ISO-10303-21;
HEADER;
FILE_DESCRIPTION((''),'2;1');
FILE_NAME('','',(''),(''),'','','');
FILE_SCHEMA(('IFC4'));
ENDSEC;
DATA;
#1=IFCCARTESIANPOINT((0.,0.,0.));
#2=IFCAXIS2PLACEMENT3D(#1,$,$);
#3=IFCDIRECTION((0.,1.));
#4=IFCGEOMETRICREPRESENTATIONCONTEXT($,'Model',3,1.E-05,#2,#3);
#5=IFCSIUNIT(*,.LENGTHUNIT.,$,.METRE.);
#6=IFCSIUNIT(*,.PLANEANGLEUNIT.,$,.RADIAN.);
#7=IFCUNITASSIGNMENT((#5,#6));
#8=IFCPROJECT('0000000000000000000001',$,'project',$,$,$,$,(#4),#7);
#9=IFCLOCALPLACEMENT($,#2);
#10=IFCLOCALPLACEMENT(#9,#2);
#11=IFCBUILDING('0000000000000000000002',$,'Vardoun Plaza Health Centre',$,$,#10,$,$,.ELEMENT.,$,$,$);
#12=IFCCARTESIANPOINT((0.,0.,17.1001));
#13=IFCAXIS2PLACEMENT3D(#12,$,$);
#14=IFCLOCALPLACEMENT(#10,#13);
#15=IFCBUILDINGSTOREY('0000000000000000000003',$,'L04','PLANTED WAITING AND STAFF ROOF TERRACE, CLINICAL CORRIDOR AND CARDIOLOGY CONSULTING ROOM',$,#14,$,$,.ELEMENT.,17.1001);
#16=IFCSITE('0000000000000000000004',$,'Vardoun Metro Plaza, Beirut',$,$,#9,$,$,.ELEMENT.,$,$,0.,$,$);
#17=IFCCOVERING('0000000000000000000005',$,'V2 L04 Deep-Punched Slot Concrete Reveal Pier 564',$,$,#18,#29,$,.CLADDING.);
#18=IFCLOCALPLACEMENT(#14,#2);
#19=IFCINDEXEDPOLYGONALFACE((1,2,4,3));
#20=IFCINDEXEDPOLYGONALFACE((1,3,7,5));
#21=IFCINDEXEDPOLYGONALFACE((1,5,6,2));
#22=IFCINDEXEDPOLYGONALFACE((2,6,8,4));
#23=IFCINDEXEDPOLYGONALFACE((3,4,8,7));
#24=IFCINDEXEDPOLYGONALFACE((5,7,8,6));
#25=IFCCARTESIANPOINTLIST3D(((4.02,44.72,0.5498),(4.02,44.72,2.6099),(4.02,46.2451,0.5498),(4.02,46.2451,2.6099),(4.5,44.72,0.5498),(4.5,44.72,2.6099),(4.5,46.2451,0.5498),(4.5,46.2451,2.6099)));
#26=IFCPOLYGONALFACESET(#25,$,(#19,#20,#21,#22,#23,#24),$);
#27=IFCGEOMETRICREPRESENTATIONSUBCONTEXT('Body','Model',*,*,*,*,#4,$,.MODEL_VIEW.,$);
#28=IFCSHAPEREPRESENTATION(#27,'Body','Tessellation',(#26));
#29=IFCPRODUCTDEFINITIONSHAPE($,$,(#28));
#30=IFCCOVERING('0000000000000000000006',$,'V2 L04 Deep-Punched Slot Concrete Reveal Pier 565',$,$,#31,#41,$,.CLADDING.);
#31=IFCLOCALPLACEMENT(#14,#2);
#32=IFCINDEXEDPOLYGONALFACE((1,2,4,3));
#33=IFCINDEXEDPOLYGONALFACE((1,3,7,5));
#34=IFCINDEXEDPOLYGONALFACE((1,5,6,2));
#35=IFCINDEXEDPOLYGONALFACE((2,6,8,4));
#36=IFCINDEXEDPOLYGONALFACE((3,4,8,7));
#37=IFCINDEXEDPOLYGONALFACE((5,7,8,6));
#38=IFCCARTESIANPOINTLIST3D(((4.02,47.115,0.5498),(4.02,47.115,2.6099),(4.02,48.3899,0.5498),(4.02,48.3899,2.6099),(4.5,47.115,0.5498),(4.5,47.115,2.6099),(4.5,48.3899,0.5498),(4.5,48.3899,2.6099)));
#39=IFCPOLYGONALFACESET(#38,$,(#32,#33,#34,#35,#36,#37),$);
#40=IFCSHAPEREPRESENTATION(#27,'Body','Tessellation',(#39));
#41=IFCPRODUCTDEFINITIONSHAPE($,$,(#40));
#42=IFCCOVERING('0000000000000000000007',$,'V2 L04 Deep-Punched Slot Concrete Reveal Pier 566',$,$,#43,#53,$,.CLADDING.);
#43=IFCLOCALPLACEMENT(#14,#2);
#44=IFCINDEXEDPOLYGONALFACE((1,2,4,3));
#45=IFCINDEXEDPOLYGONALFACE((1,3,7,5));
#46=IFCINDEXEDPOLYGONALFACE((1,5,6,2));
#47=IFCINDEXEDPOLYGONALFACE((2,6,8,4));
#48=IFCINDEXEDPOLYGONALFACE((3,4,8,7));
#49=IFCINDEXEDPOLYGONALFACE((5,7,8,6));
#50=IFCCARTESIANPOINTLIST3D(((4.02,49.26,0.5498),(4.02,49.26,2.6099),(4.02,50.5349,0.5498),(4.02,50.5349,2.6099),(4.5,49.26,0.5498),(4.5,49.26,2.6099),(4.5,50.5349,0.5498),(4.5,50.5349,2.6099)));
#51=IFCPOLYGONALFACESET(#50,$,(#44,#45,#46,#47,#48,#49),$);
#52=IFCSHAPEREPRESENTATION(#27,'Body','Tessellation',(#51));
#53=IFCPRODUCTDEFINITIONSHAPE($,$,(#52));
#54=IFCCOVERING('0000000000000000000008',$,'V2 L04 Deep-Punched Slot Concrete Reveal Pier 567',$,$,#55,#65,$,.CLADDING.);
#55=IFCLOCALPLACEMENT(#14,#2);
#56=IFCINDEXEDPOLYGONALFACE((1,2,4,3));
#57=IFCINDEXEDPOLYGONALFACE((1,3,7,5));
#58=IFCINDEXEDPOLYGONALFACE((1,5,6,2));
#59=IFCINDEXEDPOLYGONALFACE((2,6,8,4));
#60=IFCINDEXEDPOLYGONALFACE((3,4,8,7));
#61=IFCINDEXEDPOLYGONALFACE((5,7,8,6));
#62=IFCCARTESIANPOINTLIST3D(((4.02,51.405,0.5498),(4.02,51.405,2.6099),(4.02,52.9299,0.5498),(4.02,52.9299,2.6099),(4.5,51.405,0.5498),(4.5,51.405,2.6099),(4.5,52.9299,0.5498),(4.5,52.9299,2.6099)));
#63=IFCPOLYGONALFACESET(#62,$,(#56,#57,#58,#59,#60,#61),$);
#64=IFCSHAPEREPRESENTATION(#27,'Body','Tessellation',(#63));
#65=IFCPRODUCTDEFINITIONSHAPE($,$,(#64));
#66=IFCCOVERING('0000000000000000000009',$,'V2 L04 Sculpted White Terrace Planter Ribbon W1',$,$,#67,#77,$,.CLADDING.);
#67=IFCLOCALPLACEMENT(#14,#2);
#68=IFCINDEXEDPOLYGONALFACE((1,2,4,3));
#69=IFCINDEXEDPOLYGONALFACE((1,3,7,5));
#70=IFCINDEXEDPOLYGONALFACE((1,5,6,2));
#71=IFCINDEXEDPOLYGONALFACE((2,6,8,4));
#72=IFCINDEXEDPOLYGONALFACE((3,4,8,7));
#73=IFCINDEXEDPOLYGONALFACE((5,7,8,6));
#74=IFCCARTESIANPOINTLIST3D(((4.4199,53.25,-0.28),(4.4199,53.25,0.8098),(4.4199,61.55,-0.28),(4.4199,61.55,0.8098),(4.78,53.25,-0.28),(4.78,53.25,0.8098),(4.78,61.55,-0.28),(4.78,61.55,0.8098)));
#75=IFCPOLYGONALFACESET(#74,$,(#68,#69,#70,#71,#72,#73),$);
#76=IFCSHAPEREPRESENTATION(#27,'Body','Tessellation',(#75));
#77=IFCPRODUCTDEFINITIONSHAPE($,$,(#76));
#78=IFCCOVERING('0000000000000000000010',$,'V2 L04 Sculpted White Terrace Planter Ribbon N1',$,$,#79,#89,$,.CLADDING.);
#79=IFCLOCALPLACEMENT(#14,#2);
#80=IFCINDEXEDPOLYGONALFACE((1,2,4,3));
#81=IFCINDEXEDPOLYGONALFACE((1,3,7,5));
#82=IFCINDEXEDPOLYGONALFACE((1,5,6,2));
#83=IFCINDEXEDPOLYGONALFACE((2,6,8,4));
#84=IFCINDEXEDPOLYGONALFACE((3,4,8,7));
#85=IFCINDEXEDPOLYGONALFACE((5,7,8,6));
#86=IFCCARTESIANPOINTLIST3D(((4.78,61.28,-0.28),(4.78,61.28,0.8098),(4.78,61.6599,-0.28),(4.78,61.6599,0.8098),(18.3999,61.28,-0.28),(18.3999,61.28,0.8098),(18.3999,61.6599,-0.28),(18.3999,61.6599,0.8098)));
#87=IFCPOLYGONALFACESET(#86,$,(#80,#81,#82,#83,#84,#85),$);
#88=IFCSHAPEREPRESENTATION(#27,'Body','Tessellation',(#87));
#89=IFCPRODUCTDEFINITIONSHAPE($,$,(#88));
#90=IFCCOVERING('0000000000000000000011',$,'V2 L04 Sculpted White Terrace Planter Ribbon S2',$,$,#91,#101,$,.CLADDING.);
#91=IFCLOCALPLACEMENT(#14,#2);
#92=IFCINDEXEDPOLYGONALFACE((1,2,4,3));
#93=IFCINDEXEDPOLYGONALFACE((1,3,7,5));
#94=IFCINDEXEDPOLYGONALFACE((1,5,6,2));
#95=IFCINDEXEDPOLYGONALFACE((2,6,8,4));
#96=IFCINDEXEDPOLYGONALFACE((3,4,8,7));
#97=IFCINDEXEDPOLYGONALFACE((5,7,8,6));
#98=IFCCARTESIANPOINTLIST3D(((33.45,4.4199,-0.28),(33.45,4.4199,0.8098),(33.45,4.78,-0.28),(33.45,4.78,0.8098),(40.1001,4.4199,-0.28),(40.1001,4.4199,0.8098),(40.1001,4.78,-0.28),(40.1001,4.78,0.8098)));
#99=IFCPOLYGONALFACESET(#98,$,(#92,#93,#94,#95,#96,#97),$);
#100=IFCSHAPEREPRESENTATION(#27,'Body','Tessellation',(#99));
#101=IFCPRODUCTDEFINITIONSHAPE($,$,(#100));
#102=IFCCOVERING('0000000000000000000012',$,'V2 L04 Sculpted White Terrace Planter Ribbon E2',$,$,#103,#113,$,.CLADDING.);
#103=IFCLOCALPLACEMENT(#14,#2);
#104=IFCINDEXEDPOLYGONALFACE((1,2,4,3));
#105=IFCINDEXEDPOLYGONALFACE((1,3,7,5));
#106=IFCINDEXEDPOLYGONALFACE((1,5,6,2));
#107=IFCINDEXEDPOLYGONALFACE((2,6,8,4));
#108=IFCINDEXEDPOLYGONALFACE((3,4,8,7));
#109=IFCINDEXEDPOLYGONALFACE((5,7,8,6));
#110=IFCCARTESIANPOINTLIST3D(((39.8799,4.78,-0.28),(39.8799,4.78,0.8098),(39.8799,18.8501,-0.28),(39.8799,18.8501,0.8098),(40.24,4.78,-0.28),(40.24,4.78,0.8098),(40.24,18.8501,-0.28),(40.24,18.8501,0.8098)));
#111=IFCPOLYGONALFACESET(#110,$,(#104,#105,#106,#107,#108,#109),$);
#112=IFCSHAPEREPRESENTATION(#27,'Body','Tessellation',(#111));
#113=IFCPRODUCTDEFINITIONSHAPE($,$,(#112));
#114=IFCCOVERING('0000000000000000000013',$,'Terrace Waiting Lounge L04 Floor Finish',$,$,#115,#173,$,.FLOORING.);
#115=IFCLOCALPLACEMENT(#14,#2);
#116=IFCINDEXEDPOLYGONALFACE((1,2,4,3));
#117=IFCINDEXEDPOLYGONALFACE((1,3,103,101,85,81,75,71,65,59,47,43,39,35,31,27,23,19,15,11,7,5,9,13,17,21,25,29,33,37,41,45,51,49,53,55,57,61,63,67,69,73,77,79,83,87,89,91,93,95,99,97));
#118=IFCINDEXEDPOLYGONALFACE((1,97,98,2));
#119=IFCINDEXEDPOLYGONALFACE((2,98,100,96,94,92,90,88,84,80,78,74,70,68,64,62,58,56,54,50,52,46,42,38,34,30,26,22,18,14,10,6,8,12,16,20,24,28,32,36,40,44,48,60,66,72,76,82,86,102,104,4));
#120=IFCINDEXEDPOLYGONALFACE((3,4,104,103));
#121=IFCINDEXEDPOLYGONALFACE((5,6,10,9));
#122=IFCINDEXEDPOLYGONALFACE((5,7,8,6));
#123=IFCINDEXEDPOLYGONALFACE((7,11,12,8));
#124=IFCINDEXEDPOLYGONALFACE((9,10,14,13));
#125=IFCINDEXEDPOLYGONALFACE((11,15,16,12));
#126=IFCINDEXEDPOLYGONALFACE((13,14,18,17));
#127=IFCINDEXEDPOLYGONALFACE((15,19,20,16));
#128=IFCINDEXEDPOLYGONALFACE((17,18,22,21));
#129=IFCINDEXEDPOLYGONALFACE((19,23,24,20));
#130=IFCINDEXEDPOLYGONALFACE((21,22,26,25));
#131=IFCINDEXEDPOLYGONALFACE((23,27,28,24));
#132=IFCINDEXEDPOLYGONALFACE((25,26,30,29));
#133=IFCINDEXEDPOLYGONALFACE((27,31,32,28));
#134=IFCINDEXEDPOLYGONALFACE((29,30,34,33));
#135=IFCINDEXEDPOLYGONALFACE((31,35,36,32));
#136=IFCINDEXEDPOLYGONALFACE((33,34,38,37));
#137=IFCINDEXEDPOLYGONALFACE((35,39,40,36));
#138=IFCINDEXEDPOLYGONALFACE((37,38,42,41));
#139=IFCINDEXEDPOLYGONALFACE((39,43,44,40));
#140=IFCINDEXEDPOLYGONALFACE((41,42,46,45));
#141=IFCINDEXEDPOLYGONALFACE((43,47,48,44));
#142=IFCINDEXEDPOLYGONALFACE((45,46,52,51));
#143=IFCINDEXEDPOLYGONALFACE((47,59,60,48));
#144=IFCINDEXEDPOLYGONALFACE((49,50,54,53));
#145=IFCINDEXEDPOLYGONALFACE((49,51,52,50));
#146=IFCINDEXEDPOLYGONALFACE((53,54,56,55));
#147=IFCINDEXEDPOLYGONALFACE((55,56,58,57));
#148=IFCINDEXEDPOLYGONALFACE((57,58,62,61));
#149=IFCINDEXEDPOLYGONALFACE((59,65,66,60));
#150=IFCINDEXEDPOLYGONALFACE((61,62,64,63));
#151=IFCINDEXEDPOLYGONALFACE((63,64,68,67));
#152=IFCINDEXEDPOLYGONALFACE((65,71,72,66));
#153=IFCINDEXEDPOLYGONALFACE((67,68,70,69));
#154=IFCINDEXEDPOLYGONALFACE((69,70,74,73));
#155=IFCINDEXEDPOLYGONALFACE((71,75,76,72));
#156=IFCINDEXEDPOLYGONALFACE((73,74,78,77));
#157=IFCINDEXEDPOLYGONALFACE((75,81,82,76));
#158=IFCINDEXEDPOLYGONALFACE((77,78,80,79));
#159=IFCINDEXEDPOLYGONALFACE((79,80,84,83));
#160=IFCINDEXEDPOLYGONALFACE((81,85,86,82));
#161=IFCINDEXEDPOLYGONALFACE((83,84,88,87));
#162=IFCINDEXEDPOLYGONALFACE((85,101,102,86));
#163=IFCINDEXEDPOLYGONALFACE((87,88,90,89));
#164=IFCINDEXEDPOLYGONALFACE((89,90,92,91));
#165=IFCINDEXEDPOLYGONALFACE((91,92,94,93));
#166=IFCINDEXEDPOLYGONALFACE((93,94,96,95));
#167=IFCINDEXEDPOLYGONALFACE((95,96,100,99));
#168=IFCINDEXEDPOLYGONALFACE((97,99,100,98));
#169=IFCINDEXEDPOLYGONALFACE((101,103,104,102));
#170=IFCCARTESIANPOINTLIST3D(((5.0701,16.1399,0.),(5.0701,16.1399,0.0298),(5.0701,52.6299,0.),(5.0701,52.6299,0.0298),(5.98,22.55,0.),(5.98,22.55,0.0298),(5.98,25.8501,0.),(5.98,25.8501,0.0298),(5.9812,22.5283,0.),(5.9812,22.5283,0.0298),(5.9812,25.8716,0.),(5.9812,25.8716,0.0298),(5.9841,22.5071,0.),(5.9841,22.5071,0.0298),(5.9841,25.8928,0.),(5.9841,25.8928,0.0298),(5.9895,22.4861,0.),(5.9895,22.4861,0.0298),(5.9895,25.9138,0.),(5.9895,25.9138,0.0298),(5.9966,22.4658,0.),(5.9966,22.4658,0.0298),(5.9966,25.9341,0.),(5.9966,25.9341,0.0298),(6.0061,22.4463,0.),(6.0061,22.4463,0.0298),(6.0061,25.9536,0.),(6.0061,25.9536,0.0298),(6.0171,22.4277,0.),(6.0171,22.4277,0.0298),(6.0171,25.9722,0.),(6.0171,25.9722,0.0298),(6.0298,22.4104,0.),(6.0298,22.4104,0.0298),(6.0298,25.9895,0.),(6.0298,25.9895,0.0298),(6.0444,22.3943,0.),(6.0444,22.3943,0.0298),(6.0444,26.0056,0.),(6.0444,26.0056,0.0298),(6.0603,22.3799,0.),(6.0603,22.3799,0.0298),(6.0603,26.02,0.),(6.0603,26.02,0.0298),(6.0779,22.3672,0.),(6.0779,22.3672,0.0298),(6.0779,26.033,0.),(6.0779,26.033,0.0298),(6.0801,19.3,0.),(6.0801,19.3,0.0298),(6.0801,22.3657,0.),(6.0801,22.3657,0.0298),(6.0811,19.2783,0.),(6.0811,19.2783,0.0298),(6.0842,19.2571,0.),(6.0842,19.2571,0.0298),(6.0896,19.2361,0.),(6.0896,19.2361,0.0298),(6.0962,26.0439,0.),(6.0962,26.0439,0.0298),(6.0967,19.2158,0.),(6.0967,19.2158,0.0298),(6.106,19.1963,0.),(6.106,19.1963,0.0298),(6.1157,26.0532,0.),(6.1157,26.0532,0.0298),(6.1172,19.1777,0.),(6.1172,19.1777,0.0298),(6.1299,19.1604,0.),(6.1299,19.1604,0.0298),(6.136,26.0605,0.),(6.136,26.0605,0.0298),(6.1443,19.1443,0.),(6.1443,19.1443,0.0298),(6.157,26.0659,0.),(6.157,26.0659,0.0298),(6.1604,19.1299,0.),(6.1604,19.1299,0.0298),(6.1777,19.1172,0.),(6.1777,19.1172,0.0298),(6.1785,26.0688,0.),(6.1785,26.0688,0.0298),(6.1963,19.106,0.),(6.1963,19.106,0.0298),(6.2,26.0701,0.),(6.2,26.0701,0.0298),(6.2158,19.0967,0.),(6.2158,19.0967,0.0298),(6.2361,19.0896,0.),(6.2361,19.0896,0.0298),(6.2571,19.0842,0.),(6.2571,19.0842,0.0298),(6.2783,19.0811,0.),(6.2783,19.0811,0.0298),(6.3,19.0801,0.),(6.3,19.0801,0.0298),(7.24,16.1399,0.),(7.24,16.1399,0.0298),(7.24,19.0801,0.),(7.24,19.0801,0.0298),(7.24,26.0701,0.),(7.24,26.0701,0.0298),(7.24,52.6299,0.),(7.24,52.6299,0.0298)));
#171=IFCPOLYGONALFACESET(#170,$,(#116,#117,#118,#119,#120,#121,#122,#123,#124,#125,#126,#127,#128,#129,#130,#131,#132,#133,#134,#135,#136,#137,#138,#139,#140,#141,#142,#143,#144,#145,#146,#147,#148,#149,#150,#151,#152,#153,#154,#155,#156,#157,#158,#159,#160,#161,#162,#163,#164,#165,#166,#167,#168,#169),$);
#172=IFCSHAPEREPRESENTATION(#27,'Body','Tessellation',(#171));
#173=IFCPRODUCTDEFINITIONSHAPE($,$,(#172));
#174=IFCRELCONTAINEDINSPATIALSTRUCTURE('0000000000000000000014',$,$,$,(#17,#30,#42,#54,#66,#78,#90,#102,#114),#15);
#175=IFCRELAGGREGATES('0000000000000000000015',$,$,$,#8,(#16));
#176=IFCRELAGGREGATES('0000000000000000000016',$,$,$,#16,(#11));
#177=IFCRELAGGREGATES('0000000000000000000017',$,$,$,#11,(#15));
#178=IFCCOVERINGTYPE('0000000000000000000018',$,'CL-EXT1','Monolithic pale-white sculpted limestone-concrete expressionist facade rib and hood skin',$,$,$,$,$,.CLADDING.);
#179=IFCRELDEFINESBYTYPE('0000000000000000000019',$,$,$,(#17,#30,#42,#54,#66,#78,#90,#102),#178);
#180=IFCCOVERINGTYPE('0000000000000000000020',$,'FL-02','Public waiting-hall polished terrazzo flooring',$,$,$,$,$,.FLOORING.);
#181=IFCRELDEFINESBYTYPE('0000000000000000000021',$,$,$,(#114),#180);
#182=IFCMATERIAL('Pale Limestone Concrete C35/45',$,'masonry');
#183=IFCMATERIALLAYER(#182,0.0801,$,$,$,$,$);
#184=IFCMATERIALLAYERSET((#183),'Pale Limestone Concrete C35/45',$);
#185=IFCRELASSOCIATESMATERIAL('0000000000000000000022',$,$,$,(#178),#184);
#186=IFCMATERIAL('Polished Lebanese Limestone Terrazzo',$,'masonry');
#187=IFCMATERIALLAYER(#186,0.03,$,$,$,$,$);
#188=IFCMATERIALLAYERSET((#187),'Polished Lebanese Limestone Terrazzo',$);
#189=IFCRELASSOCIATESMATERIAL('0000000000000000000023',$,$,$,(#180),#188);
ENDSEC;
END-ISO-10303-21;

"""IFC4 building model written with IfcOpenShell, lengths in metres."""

from ifc_helpers import new_model, si_unit, direction, frame, origin, place, context, subcontext, project, spatial, polyline, outline, extrude, material, layer, layer_set, type_object, element, save


model = new_model("IFC4")

# Units and contexts
model_context = context("Model", 3, precision=1e-05, world=origin(), true_north=direction((0.0, 1.0)))
body_context = subcontext(model_context, "Body", "Model", "MODEL_VIEW")
ifc_project = project(units=[si_unit("LENGTHUNIT", "METRE"), si_unit("PLANEANGLEUNIT", "RADIAN")], contexts=[model_context])

# Site, building, storey
site_placement = place(None, origin())
site = spatial("IfcSite", under=ifc_project, at=site_placement, Name="Vardoun Metro Plaza, Beirut", CompositionType="ELEMENT", RefElevation=0.0)
building_placement = place(site_placement, origin())
building = spatial("IfcBuilding", under=site, at=building_placement, Name="Vardoun Plaza Health Centre", CompositionType="ELEMENT")
storey_placement = place(building_placement, frame((0.0, 0.0, 17.1001)))
storey = spatial("IfcBuildingStorey", under=building, at=storey_placement, Name="L04", Description="PLANTED WAITING AND STAFF ROOF TERRACE, CLINICAL CORRIDOR AND CARDIOLOGY CONSULTING ROOM", CompositionType="ELEMENT", Elevation=17.1001)

# Coverings
ifc_material_1 = material(Name="Pale Limestone Concrete C35/45", Category="masonry")
ifc_layer_1 = layer(ifc_material_1, 0.0801)
ifc_layer_set_1 = layer_set([ifc_layer_1], Name="Pale Limestone Concrete C35/45")
covering_type_1 = type_object("IfcCoveringType", Name="CL-EXT1", Description="Monolithic pale-white sculpted limestone-concrete expressionist facade rib and hood skin", PredefinedType="CLADDING", material=ifc_layer_set_1)
covering_1_placement = place(storey_placement, frame((0.0, 0.0, 0.5498)))
element("IfcCovering", 1, at=covering_1_placement, inside=storey, type_object=covering_type_1, Name="V2 L04 Deep-Punched Slot Concrete Reveal Pier 564", PredefinedType="CLADDING", context=body_context, shape_type="SweptSolid", body=[
    extrude(outline(polyline([(4.5, 44.72), (4.5, 46.2451), (4.02, 46.2451), (4.02, 44.72), (4.5, 44.72)])), origin(), (0.0, 0.0, 1.0), 2.0601),
])
covering_2_placement = place(storey_placement, frame((0.0, 0.0, 0.5498)))
element("IfcCovering", 2, at=covering_2_placement, inside=storey, type_object=covering_type_1, Name="V2 L04 Deep-Punched Slot Concrete Reveal Pier 565", PredefinedType="CLADDING", context=body_context, shape_type="SweptSolid", body=[
    extrude(outline(polyline([(4.5, 47.115), (4.5, 48.3899), (4.02, 48.3899), (4.02, 47.115), (4.5, 47.115)])), origin(), (0.0, 0.0, 1.0), 2.0601),
])
covering_3_placement = place(storey_placement, frame((0.0, 0.0, 0.5498)))
element("IfcCovering", 3, at=covering_3_placement, inside=storey, type_object=covering_type_1, Name="V2 L04 Deep-Punched Slot Concrete Reveal Pier 566", PredefinedType="CLADDING", context=body_context, shape_type="SweptSolid", body=[
    extrude(outline(polyline([(4.5, 49.26), (4.5, 50.5349), (4.02, 50.5349), (4.02, 49.26), (4.5, 49.26)])), origin(), (0.0, 0.0, 1.0), 2.0601),
])
covering_4_placement = place(storey_placement, frame((0.0, 0.0, 0.5498)))
element("IfcCovering", 4, at=covering_4_placement, inside=storey, type_object=covering_type_1, Name="V2 L04 Deep-Punched Slot Concrete Reveal Pier 567", PredefinedType="CLADDING", context=body_context, shape_type="SweptSolid", body=[
    extrude(outline(polyline([(4.5, 51.405), (4.5, 52.9299), (4.02, 52.9299), (4.02, 51.405), (4.5, 51.405)])), origin(), (0.0, 0.0, 1.0), 2.0601),
])
covering_5_placement = place(storey_placement, frame((0.0, 0.0, -0.28)))
element("IfcCovering", 5, at=covering_5_placement, inside=storey, type_object=covering_type_1, Name="V2 L04 Sculpted White Terrace Planter Ribbon W1", PredefinedType="CLADDING", context=body_context, shape_type="SweptSolid", body=[
    extrude(outline(polyline([(4.4199, 53.25), (4.78, 53.25), (4.78, 61.55), (4.4199, 61.55), (4.4199, 53.25)])), origin(), (0.0, 0.0, 1.0), 1.0898),
])
covering_6_placement = place(storey_placement, frame((0.0, 0.0, -0.28)))
element("IfcCovering", 6, at=covering_6_placement, inside=storey, type_object=covering_type_1, Name="V2 L04 Sculpted White Terrace Planter Ribbon N1", PredefinedType="CLADDING", context=body_context, shape_type="SweptSolid", body=[
    extrude(outline(polyline([(4.78, 61.28), (18.3999, 61.28), (18.3999, 61.6599), (4.78, 61.6599), (4.78, 61.28)])), origin(), (0.0, 0.0, 1.0), 1.0898),
])
covering_7_placement = place(storey_placement, frame((0.0, 0.0, -0.28)))
element("IfcCovering", 7, at=covering_7_placement, inside=storey, type_object=covering_type_1, Name="V2 L04 Sculpted White Terrace Planter Ribbon S2", PredefinedType="CLADDING", context=body_context, shape_type="SweptSolid", body=[
    extrude(outline(polyline([(33.45, 4.4199), (40.1001, 4.4199), (40.1001, 4.78), (33.45, 4.78), (33.45, 4.4199)])), origin(), (0.0, 0.0, 1.0), 1.0898),
])
covering_8_placement = place(storey_placement, frame((0.0, 0.0, -0.28)))
element("IfcCovering", 8, at=covering_8_placement, inside=storey, type_object=covering_type_1, Name="V2 L04 Sculpted White Terrace Planter Ribbon E2", PredefinedType="CLADDING", context=body_context, shape_type="SweptSolid", body=[
    extrude(outline(polyline([(39.8799, 4.78), (40.24, 4.78), (40.24, 18.8501), (39.8799, 18.8501), (39.8799, 4.78)])), origin(), (0.0, 0.0, 1.0), 1.0898),
])
ifc_material_2 = material(Name="Polished Lebanese Limestone Terrazzo", Category="masonry")
ifc_layer_2 = layer(ifc_material_2, 0.03)
ifc_layer_set_2 = layer_set([ifc_layer_2], Name="Polished Lebanese Limestone Terrazzo")
covering_type_2 = type_object("IfcCoveringType", Name="FL-02", Description="Public waiting-hall polished terrazzo flooring", PredefinedType="FLOORING", material=ifc_layer_set_2)
covering_9_placement = place(storey_placement, origin())
element("IfcCovering", 9, at=covering_9_placement, inside=storey, type_object=covering_type_2, Name="Terrace Waiting Lounge L04 Floor Finish", PredefinedType="FLOORING", context=body_context, shape_type="SweptSolid", body=[
    extrude(outline(polyline([(5.0701, 52.6299), (7.24, 52.6299), (7.24, 26.0701), (6.2, 26.0701), (6.1785, 26.0688), (6.157, 26.0659), (6.136, 26.0605), (6.1157, 26.0532), (6.0962, 26.0439), (6.0779, 26.033), (6.0603, 26.02), (6.0444, 26.0056), (6.0298, 25.9895), (6.0171, 25.9722), (6.0061, 25.9536), (5.9966, 25.9341), (5.9895, 25.9138), (5.9841, 25.8928), (5.9812, 25.8716), (5.98, 25.8501), (5.98, 22.55), (5.9812, 22.5283), (5.9841, 22.5071), (5.9895, 22.4861), (5.9966, 22.4658), (6.0061, 22.4463), (6.0171, 22.4277), (6.0298, 22.4104), (6.0444, 22.3943), (6.0603, 22.3799), (6.0779, 22.3672), (6.0801, 22.3657), (6.0801, 19.3), (6.0811, 19.2783), (6.0842, 19.2571), (6.0896, 19.2361), (6.0967, 19.2158), (6.106, 19.1963), (6.1172, 19.1777), (6.1299, 19.1604), (6.1443, 19.1443), (6.1604, 19.1299), (6.1777, 19.1172), (6.1963, 19.106), (6.2158, 19.0967), (6.2361, 19.0896), (6.2571, 19.0842), (6.2783, 19.0811), (6.3, 19.0801), (7.24, 19.0801), (7.24, 16.1399), (5.0701, 16.1399), (5.0701, 52.6299)])), origin(), (0.0, 0.0, 1.0), 0.0298),
])

save(model, "model.ifc")
